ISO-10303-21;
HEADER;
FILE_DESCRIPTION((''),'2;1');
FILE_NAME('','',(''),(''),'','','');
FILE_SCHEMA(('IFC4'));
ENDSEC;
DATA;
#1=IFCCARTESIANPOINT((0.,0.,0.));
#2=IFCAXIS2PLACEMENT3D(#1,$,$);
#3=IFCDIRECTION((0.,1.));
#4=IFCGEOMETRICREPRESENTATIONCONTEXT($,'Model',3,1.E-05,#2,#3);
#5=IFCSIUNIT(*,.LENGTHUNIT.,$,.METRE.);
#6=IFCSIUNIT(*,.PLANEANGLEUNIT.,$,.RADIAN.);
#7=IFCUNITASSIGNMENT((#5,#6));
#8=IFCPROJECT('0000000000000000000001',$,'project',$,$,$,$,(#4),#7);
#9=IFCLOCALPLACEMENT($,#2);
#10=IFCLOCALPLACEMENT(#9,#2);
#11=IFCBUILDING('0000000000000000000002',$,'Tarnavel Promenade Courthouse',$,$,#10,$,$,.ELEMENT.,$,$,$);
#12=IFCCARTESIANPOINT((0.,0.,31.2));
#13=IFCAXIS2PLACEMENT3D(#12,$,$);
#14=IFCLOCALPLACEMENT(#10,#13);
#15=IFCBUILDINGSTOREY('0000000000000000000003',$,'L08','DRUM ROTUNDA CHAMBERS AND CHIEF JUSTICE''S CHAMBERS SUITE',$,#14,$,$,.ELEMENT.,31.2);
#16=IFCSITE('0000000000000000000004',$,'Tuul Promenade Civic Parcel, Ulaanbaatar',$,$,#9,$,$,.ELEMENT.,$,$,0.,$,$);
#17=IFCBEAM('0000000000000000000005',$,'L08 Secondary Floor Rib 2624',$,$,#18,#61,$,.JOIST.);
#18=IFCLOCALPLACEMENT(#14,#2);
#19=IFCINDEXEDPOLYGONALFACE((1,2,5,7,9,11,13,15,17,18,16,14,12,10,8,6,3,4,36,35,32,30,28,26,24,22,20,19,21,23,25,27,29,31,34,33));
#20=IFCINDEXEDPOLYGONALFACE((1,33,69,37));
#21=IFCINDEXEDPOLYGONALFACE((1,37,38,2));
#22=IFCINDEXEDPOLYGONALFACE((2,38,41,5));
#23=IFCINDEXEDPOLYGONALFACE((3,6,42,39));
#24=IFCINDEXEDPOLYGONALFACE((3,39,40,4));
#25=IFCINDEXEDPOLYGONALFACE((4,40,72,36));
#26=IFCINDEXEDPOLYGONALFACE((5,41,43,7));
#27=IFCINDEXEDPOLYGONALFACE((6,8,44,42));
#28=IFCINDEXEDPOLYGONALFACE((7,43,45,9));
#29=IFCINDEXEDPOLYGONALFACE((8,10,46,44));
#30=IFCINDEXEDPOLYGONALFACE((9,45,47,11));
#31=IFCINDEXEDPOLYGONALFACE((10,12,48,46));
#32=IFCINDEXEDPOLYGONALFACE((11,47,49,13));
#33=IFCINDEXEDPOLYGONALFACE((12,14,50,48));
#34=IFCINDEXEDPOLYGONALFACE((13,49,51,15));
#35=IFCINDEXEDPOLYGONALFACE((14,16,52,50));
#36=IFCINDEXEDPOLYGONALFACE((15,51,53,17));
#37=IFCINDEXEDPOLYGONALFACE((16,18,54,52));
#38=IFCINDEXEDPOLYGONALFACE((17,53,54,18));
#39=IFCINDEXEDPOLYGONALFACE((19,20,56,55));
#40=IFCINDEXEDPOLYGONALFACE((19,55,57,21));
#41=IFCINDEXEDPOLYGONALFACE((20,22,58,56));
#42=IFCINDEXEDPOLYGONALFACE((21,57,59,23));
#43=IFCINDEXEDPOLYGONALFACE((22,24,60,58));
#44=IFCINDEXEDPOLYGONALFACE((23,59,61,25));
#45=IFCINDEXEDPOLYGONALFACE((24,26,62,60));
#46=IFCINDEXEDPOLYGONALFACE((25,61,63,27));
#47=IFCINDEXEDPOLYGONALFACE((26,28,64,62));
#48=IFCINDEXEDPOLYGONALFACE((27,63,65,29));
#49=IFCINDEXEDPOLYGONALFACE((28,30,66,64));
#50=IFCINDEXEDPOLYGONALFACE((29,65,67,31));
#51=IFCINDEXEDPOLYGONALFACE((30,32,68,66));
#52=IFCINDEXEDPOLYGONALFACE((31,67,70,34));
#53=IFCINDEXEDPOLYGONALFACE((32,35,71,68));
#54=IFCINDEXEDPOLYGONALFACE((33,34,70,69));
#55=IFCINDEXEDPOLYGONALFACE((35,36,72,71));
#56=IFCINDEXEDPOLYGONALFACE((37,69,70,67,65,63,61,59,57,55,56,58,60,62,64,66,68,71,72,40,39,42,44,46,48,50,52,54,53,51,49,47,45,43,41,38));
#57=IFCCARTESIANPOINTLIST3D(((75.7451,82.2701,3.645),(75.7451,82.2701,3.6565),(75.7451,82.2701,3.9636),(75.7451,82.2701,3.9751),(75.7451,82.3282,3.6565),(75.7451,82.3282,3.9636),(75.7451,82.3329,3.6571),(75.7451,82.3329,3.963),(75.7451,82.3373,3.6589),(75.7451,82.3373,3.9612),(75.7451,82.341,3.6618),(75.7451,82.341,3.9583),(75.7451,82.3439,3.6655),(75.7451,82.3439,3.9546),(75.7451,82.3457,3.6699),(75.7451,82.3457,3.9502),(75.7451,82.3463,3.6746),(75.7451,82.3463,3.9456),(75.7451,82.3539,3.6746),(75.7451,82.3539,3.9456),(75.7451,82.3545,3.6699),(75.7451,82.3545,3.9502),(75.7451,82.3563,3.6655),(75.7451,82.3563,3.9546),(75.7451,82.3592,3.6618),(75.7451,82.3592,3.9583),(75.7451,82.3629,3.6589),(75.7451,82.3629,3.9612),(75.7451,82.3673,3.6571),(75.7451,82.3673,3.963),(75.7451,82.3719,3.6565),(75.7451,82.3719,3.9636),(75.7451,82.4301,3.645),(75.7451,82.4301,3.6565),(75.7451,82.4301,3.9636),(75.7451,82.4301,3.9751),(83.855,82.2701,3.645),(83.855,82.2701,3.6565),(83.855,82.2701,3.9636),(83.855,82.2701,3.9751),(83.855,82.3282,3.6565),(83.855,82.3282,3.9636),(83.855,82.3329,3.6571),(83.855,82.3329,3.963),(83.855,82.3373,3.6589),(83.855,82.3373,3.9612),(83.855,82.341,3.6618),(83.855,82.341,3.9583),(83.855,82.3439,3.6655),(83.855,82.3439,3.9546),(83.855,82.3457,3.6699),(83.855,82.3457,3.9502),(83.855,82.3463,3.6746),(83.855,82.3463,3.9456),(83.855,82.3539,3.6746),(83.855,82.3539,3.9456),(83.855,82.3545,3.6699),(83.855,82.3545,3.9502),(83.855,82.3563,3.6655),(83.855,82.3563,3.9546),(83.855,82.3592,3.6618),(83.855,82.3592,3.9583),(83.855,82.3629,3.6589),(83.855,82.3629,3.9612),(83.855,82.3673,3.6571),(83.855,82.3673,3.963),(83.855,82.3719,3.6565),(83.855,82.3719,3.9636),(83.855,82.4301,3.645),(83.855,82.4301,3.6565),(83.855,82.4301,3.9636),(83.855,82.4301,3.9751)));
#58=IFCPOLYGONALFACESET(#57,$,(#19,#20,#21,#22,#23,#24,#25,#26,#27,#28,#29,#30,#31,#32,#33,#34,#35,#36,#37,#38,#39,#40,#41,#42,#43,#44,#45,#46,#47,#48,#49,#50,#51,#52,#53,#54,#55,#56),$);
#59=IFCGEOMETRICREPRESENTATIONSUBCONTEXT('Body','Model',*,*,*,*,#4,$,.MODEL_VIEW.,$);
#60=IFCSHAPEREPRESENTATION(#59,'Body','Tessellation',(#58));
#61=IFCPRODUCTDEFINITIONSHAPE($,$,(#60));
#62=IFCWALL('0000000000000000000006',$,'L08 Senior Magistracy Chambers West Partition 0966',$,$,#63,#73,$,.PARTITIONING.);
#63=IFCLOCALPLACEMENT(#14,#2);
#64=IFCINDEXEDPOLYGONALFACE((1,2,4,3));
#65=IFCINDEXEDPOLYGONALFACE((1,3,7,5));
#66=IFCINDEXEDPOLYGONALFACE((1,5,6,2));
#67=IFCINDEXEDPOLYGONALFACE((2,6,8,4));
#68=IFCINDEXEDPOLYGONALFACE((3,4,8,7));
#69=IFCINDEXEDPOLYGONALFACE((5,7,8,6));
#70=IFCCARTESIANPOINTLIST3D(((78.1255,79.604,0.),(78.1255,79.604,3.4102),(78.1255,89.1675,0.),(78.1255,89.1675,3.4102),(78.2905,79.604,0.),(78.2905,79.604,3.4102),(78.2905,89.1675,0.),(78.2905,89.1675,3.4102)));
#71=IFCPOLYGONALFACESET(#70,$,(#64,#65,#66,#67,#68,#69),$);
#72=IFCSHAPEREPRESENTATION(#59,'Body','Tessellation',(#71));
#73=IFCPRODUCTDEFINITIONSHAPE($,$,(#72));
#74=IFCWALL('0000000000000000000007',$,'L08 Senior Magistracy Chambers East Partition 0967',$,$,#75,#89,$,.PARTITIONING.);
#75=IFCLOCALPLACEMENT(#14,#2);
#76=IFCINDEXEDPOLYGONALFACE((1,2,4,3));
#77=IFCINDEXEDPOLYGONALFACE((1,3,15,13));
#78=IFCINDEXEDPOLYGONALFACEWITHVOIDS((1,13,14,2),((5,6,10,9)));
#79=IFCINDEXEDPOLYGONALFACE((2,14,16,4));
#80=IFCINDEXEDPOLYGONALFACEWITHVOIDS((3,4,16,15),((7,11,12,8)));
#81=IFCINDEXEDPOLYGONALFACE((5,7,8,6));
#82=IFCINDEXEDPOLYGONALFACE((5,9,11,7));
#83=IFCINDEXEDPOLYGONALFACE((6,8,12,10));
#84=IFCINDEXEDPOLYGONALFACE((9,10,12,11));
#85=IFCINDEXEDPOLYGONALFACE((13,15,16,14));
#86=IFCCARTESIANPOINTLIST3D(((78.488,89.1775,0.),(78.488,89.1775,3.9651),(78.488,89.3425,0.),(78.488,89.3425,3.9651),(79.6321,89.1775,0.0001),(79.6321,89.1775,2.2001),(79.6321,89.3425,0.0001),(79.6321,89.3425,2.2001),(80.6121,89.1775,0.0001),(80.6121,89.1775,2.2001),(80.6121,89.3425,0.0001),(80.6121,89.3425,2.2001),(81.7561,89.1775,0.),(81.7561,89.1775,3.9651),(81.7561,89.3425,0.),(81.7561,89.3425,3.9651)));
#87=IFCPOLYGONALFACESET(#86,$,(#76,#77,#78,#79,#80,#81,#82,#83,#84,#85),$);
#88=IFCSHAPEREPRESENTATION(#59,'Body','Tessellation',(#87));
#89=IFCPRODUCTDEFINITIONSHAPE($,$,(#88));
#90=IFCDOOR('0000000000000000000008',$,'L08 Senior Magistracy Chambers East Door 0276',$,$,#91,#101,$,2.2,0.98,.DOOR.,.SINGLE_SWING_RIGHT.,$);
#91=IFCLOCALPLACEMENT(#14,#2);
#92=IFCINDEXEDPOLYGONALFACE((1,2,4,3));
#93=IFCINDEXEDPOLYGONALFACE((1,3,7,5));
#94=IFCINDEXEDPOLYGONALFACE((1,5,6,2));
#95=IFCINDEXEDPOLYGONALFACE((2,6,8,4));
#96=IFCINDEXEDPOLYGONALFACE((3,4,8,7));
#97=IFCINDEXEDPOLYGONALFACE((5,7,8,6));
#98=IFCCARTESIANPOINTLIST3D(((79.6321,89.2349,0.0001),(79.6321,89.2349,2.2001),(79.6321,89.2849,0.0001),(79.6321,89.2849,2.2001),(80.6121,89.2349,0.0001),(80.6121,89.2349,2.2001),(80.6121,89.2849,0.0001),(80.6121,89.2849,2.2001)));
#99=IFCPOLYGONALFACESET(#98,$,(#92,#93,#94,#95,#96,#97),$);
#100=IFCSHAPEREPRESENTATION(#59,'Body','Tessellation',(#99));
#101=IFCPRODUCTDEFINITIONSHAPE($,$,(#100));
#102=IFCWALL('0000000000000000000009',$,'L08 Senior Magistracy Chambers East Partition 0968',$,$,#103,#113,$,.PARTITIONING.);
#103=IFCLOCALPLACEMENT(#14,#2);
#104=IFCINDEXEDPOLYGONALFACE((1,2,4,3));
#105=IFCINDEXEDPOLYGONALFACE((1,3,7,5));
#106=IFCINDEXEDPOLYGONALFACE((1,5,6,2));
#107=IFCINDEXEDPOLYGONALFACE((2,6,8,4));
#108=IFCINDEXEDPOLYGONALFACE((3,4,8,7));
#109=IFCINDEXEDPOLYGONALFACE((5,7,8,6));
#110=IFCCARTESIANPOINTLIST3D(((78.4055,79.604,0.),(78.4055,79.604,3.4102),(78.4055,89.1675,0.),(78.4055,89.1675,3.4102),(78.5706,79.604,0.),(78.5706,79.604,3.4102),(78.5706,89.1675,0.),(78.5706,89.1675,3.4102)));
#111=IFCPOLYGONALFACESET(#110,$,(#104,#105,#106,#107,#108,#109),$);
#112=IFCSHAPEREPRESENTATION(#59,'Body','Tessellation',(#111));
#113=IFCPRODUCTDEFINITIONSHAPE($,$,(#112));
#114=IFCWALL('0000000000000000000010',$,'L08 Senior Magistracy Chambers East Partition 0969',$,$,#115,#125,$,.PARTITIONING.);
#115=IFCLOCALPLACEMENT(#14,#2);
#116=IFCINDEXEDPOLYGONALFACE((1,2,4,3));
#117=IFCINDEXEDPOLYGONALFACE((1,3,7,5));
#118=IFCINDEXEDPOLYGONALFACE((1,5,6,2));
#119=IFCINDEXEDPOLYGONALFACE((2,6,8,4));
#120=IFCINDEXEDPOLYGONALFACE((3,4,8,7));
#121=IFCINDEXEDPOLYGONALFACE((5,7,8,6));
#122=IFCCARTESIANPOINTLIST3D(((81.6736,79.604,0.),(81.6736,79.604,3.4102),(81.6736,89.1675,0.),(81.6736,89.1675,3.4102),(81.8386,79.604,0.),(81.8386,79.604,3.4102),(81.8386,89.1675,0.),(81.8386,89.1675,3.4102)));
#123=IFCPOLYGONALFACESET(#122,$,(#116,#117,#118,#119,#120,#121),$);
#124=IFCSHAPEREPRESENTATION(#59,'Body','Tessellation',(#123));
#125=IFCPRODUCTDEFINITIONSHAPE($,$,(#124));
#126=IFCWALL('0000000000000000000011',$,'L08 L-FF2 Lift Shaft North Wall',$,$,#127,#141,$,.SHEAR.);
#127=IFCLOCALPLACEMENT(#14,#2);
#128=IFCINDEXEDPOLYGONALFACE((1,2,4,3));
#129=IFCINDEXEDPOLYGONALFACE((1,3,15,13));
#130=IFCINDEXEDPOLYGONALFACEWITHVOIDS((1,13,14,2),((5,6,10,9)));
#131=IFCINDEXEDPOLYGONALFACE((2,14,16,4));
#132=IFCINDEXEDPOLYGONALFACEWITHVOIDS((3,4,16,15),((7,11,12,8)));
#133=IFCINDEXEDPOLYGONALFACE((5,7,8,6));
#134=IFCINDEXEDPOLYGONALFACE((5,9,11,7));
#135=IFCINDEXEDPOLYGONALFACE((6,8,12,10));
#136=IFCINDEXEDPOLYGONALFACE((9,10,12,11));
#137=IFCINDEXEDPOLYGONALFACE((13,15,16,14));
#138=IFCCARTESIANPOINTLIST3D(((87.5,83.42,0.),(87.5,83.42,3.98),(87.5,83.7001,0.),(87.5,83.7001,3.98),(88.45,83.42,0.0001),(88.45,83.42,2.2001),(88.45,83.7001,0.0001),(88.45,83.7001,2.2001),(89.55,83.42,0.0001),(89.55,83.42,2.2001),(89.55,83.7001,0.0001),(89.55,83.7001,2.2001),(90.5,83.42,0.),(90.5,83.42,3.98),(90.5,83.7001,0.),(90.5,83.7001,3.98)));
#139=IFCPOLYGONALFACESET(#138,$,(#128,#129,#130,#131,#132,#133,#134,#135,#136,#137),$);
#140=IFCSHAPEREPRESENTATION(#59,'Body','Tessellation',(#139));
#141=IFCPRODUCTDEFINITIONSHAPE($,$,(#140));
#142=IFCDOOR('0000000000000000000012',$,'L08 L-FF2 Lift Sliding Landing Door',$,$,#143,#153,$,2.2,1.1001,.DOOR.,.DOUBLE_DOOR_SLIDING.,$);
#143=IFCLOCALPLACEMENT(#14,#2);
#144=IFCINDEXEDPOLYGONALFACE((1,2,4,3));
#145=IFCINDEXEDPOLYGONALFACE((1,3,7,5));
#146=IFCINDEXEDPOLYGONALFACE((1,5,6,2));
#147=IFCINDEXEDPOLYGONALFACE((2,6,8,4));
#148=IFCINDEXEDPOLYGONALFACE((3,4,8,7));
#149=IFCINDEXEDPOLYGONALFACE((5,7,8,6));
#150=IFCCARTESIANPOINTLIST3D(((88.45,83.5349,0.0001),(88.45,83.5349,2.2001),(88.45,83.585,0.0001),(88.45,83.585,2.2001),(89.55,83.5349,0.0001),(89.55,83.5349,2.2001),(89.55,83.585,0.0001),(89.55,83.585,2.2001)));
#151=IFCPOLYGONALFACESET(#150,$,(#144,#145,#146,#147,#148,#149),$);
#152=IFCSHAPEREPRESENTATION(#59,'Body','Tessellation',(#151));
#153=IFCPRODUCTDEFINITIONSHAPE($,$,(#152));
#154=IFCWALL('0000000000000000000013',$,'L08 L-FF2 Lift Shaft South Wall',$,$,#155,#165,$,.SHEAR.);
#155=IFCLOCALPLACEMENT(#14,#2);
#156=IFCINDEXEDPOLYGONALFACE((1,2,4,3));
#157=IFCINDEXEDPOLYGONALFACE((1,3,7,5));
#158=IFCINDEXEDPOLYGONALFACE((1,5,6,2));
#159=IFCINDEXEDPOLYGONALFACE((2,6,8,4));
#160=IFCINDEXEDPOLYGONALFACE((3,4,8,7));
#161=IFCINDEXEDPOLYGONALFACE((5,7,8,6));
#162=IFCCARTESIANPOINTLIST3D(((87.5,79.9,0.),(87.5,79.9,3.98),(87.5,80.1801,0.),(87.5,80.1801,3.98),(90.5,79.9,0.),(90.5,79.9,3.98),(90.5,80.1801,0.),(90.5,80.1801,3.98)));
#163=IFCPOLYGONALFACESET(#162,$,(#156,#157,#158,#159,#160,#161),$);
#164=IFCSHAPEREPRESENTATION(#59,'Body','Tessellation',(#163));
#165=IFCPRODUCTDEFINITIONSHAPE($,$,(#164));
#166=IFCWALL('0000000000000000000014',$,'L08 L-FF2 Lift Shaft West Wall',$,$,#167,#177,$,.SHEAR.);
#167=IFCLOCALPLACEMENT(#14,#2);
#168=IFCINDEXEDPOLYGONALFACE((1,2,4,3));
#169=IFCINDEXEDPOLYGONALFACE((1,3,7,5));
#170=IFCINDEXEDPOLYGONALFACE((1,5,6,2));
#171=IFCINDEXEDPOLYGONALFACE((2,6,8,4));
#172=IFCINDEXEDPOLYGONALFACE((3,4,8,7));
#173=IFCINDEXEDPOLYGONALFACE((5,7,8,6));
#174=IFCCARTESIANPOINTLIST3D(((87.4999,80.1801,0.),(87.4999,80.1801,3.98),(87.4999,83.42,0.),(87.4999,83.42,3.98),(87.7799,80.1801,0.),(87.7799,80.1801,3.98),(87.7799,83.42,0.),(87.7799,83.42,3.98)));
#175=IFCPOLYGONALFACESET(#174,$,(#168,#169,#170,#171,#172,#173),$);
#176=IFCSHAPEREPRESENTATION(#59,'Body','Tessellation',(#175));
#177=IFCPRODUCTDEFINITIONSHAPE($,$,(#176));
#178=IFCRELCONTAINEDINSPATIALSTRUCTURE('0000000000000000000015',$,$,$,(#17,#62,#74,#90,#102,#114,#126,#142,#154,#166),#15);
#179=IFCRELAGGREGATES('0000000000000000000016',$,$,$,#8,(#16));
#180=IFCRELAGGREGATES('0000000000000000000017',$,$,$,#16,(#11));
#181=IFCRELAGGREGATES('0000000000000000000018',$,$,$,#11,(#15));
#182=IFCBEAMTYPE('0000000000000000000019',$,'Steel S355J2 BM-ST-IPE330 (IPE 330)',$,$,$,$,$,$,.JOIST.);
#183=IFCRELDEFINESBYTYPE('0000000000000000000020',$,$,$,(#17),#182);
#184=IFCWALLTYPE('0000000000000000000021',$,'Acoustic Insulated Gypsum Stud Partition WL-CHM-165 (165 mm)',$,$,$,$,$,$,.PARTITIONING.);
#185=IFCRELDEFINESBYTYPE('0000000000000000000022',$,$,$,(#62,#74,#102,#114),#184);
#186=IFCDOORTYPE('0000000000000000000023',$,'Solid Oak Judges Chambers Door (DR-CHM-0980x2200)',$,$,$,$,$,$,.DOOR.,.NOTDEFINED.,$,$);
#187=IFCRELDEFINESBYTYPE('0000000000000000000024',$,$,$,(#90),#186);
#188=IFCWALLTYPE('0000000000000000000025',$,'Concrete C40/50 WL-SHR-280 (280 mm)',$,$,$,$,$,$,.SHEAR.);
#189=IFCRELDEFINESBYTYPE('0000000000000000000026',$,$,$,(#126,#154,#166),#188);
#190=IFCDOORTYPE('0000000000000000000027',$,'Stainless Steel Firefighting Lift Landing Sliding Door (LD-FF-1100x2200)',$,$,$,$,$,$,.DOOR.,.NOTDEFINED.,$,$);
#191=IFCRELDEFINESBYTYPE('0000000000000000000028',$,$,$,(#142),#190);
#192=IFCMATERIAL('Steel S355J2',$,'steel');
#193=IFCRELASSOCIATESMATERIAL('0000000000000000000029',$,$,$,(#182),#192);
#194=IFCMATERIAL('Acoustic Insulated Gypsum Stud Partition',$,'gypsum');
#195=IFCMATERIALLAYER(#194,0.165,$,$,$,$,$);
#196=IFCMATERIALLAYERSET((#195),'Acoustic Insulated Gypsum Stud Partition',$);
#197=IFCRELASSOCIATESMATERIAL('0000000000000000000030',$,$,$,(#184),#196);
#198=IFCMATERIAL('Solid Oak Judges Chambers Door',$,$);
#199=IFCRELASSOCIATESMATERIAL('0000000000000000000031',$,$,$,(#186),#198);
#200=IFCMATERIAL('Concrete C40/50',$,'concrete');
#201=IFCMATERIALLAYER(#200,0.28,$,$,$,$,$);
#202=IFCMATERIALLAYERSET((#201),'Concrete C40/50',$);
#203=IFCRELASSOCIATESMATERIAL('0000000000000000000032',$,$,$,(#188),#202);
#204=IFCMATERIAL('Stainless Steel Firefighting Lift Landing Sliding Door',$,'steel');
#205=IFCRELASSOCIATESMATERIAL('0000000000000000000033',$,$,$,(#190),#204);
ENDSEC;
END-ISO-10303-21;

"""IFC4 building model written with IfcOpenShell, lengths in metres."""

from ifc_helpers import new_model, si_unit, direction, frame, frame_2d, origin, origin_2d, place, context, subcontext, project, spatial, rectangle, i_section, extrude, material, layer, layer_set, material_profile, profile_set, type_object, element, fill, save


model = new_model("IFC4")

# Units and contexts
model_context = context("Model", 3, precision=1e-05, world=origin(), true_north=direction((0.0, 1.0)))
body_context = subcontext(model_context, "Body", "Model", "MODEL_VIEW")
ifc_project = project(units=[si_unit("LENGTHUNIT", "METRE"), si_unit("PLANEANGLEUNIT", "RADIAN")], contexts=[model_context])

# Site, building, storey
site_placement = place(None, origin())
site = spatial("IfcSite", under=ifc_project, at=site_placement, Name="Tuul Promenade Civic Parcel, Ulaanbaatar", CompositionType="ELEMENT", RefElevation=0.0)
building_placement = place(site_placement, origin())
building = spatial("IfcBuilding", under=site, at=building_placement, Name="Tarnavel Promenade Courthouse", CompositionType="ELEMENT")
storey_placement = place(building_placement, frame((0.0, 0.0, 31.2)))
storey = spatial("IfcBuildingStorey", under=building, at=storey_placement, Name="L08", Description="DRUM ROTUNDA CHAMBERS AND CHIEF JUSTICE'S CHAMBERS SUITE", CompositionType="ELEMENT", Elevation=31.2)

# Shared definitions
ifc_material_1 = material(Name="Concrete C40/50", Category="concrete")

# Beam
ifc_material_2 = material(Name="Steel S355J2", Category="steel")
ifc_material_profile_1 = material_profile(ifc_material_2, i_section(OverallWidth=0.1599, OverallDepth=0.3301, WebThickness=0.0076, FlangeThickness=0.0115, FilletRadius=0.0181, at=origin_2d()), Name="IPE 330")
ifc_profile_set_1 = profile_set([ifc_material_profile_1], Name="Steel S355J2")
beam_type_1 = type_object("IfcBeamType", Name="Steel S355J2 BM-ST-IPE330 (IPE 330)", PredefinedType="JOIST", material=ifc_profile_set_1)
for number, where, z_axis, x_axis, name in (
    (1, (75.7451, 82.3501, 3.8101), (1.0, 0.0, 0.0), (0.0, 1.0, 0.0), "L08 Secondary Floor Rib 2624"),
):
    element("IfcBeam", number, at=place(storey_placement, frame(where, z_axis=z_axis, x_axis=x_axis)), inside=storey, type_object=beam_type_1, Name=name, PredefinedType="JOIST", context=body_context, shape_type="SweptSolid", body=[
        extrude(i_section(OverallWidth=0.1599, OverallDepth=0.3301, WebThickness=0.0076, FlangeThickness=0.0115, FilletRadius=0.0181, at=origin_2d()), origin(), (0.0, 0.0, 1.0), 8.1099),
    ])

# Wall
ifc_material_3 = material(Name="Acoustic Insulated Gypsum Stud Partition", Category="gypsum")
ifc_layer_1 = layer(ifc_material_3, 0.165)
ifc_layer_set_1 = layer_set([ifc_layer_1], Name="Acoustic Insulated Gypsum Stud Partition")
wall_type_1 = type_object("IfcWallType", Name="Acoustic Insulated Gypsum Stud Partition WL-CHM-165 (165 mm)", PredefinedType="PARTITIONING", material=ifc_layer_set_1)
wall_1_placement = place(storey_placement, frame((78.208, 89.1675, 0.0), z_axis=(0.0, 0.0, 1.0), x_axis=(0.0, -1.0, 0.0)))
element("IfcWall", 2, at=wall_1_placement, inside=storey, type_object=wall_type_1, Name="L08 Senior Magistracy Chambers West Partition 0966", PredefinedType="PARTITIONING", context=body_context, shape_type="SweptSolid", body=[
    extrude(rectangle(XDim=9.5635, YDim=0.165, at=frame_2d((4.7817, 0.0))), origin(), (0.0, 0.0, 1.0), 3.4102),
])

# Wall, opening, door
wall_2_placement = place(storey_placement, frame((78.488, 89.26, 0.0), z_axis=(0.0, 0.0, 1.0), x_axis=(1.0, 0.0, 0.0)))
wall_2 = element("IfcWall", 3, at=wall_2_placement, inside=storey, type_object=wall_type_1, Name="L08 Senior Magistracy Chambers East Partition 0967", PredefinedType="PARTITIONING", context=body_context, shape_type="SweptSolid", body=[
    extrude(rectangle(XDim=3.2681, YDim=0.165, at=frame_2d((1.634, 0.0))), origin(), (0.0, 0.0, 1.0), 3.9651),
])
opening_1_placement = place(wall_2_placement, frame((1.144, 0.0, 0.0)))
opening_1 = element("IfcOpeningElement", 4, at=opening_1_placement, cuts=wall_2, PredefinedType="OPENING", context=body_context, shape_type="SweptSolid", body=[
    extrude(rectangle(XDim=0.98, YDim=2.2, at=frame_2d((0.49, 1.1001))), frame((0.0, 0.0925, 0.0), z_axis=(0.0, -1.0, 0.0), x_axis=(1.0, 0.0, 0.0)), (0.0, 0.0, 1.0), 0.1851),
])
ifc_material_4 = material(Name="Solid Oak Judges Chambers Door")
door_type_1 = type_object("IfcDoorType", Name="Solid Oak Judges Chambers Door (DR-CHM-0980x2200)", OperationType="NOTDEFINED", PredefinedType="DOOR", material=ifc_material_4)
door_1_placement = place(opening_1_placement, origin())
door_1 = element("IfcDoor", 5, at=door_1_placement, inside=storey, type_object=door_type_1, Name="L08 Senior Magistracy Chambers East Door 0276", OperationType="SINGLE_SWING_RIGHT", OverallHeight=2.2, OverallWidth=0.98, PredefinedType="DOOR", context=body_context, shape_type="SweptSolid", body=[
    extrude(rectangle(XDim=0.98, YDim=2.2, at=frame_2d((0.49, 1.1001))), frame((0.0, 0.0249, 0.0), z_axis=(0.0, -1.0, 0.0), x_axis=(1.0, 0.0, 0.0)), (0.0, 0.0, 1.0), 0.05),
])
fill(opening_1, door_1)

# Walls
for number, where, z_axis, x_axis, name in (
    (6, (78.488, 79.604, 0.0), (0.0, 0.0, 1.0), (0.0, 1.0, 0.0), "L08 Senior Magistracy Chambers East Partition 0968"),
    (7, (81.7561, 89.1675, 0.0), (0.0, 0.0, 1.0), (0.0, -1.0, 0.0), "L08 Senior Magistracy Chambers East Partition 0969"),
):
    element("IfcWall", number, at=place(storey_placement, frame(where, z_axis=z_axis, x_axis=x_axis)), inside=storey, type_object=wall_type_1, Name=name, PredefinedType="PARTITIONING", context=body_context, shape_type="SweptSolid", body=[
        extrude(rectangle(XDim=9.5635, YDim=0.165, at=frame_2d((4.7817, 0.0))), origin(), (0.0, 0.0, 1.0), 3.4102),
    ])

# Wall, opening, door
ifc_layer_2 = layer(ifc_material_1, 0.28)
ifc_layer_set_2 = layer_set([ifc_layer_2], Name="Concrete C40/50")
wall_type_2 = type_object("IfcWallType", Name="Concrete C40/50 WL-SHR-280 (280 mm)", PredefinedType="SHEAR", material=ifc_layer_set_2)
wall_3_placement = place(storey_placement, frame((87.5, 83.5601, 0.0), z_axis=(0.0, 0.0, 1.0), x_axis=(1.0, 0.0, 0.0)))
wall_3 = element("IfcWall", 8, at=wall_3_placement, inside=storey, type_object=wall_type_2, Name="L08 L-FF2 Lift Shaft North Wall", PredefinedType="SHEAR", context=body_context, shape_type="SweptSolid", body=[
    extrude(rectangle(XDim=3.0, YDim=0.28, at=frame_2d((1.5, 0.0))), origin(), (0.0, 0.0, 1.0), 3.98),
])
opening_2_placement = place(wall_3_placement, frame((0.95, 0.0, 0.0)))
opening_2 = element("IfcOpeningElement", 9, at=opening_2_placement, cuts=wall_3, PredefinedType="OPENING", context=body_context, shape_type="SweptSolid", body=[
    extrude(rectangle(XDim=1.1001, YDim=2.2, at=frame_2d((0.55, 1.1001))), frame((0.0, 0.1499, 0.0), z_axis=(0.0, -1.0, 0.0), x_axis=(1.0, 0.0, 0.0)), (0.0, 0.0, 1.0), 0.3),
])
ifc_material_5 = material(Name="Stainless Steel Firefighting Lift Landing Sliding Door", Category="steel")
door_type_2 = type_object("IfcDoorType", Name="Stainless Steel Firefighting Lift Landing Sliding Door (LD-FF-1100x2200)", OperationType="NOTDEFINED", PredefinedType="DOOR", material=ifc_material_5)
door_2_placement = place(opening_2_placement, origin())
door_2 = element("IfcDoor", 10, at=door_2_placement, inside=storey, type_object=door_type_2, Name="L08 L-FF2 Lift Sliding Landing Door", OperationType="DOUBLE_DOOR_SLIDING", OverallHeight=2.2, OverallWidth=1.1001, PredefinedType="DOOR", context=body_context, shape_type="SweptSolid", body=[
    extrude(rectangle(XDim=1.1001, YDim=2.2, at=frame_2d((0.55, 1.1001))), frame((0.0, 0.0249, 0.0), z_axis=(0.0, -1.0, 0.0), x_axis=(1.0, 0.0, 0.0)), (0.0, 0.0, 1.0), 0.05),
])
fill(opening_2, door_2)

# Walls
wall_4_placement = place(storey_placement, frame((90.5, 80.04, 0.0), z_axis=(0.0, 0.0, 1.0), x_axis=(-1.0, 0.0, 0.0)))
element("IfcWall", 11, at=wall_4_placement, inside=storey, type_object=wall_type_2, Name="L08 L-FF2 Lift Shaft South Wall", PredefinedType="SHEAR", context=body_context, shape_type="SweptSolid", body=[
    extrude(rectangle(XDim=3.0, YDim=0.28, at=frame_2d((1.5, 0.0))), origin(), (0.0, 0.0, 1.0), 3.98),
])
for number, where, z_axis, x_axis, name in (
    (12, (87.6399, 80.1799, 0.0), (0.0, 0.0, 1.0), (0.0, 1.0, 0.0), "L08 L-FF2 Lift Shaft West Wall"),
):
    element("IfcWall", number, at=place(storey_placement, frame(where, z_axis=z_axis, x_axis=x_axis)), inside=storey, type_object=wall_type_2, Name=name, PredefinedType="SHEAR", context=body_context, shape_type="SweptSolid", body=[
        extrude(rectangle(XDim=3.24, YDim=0.28, at=frame_2d((1.6201, 0.0))), origin(), (0.0, 0.0, 1.0), 3.98),
    ])

save(model, "model.ifc")
